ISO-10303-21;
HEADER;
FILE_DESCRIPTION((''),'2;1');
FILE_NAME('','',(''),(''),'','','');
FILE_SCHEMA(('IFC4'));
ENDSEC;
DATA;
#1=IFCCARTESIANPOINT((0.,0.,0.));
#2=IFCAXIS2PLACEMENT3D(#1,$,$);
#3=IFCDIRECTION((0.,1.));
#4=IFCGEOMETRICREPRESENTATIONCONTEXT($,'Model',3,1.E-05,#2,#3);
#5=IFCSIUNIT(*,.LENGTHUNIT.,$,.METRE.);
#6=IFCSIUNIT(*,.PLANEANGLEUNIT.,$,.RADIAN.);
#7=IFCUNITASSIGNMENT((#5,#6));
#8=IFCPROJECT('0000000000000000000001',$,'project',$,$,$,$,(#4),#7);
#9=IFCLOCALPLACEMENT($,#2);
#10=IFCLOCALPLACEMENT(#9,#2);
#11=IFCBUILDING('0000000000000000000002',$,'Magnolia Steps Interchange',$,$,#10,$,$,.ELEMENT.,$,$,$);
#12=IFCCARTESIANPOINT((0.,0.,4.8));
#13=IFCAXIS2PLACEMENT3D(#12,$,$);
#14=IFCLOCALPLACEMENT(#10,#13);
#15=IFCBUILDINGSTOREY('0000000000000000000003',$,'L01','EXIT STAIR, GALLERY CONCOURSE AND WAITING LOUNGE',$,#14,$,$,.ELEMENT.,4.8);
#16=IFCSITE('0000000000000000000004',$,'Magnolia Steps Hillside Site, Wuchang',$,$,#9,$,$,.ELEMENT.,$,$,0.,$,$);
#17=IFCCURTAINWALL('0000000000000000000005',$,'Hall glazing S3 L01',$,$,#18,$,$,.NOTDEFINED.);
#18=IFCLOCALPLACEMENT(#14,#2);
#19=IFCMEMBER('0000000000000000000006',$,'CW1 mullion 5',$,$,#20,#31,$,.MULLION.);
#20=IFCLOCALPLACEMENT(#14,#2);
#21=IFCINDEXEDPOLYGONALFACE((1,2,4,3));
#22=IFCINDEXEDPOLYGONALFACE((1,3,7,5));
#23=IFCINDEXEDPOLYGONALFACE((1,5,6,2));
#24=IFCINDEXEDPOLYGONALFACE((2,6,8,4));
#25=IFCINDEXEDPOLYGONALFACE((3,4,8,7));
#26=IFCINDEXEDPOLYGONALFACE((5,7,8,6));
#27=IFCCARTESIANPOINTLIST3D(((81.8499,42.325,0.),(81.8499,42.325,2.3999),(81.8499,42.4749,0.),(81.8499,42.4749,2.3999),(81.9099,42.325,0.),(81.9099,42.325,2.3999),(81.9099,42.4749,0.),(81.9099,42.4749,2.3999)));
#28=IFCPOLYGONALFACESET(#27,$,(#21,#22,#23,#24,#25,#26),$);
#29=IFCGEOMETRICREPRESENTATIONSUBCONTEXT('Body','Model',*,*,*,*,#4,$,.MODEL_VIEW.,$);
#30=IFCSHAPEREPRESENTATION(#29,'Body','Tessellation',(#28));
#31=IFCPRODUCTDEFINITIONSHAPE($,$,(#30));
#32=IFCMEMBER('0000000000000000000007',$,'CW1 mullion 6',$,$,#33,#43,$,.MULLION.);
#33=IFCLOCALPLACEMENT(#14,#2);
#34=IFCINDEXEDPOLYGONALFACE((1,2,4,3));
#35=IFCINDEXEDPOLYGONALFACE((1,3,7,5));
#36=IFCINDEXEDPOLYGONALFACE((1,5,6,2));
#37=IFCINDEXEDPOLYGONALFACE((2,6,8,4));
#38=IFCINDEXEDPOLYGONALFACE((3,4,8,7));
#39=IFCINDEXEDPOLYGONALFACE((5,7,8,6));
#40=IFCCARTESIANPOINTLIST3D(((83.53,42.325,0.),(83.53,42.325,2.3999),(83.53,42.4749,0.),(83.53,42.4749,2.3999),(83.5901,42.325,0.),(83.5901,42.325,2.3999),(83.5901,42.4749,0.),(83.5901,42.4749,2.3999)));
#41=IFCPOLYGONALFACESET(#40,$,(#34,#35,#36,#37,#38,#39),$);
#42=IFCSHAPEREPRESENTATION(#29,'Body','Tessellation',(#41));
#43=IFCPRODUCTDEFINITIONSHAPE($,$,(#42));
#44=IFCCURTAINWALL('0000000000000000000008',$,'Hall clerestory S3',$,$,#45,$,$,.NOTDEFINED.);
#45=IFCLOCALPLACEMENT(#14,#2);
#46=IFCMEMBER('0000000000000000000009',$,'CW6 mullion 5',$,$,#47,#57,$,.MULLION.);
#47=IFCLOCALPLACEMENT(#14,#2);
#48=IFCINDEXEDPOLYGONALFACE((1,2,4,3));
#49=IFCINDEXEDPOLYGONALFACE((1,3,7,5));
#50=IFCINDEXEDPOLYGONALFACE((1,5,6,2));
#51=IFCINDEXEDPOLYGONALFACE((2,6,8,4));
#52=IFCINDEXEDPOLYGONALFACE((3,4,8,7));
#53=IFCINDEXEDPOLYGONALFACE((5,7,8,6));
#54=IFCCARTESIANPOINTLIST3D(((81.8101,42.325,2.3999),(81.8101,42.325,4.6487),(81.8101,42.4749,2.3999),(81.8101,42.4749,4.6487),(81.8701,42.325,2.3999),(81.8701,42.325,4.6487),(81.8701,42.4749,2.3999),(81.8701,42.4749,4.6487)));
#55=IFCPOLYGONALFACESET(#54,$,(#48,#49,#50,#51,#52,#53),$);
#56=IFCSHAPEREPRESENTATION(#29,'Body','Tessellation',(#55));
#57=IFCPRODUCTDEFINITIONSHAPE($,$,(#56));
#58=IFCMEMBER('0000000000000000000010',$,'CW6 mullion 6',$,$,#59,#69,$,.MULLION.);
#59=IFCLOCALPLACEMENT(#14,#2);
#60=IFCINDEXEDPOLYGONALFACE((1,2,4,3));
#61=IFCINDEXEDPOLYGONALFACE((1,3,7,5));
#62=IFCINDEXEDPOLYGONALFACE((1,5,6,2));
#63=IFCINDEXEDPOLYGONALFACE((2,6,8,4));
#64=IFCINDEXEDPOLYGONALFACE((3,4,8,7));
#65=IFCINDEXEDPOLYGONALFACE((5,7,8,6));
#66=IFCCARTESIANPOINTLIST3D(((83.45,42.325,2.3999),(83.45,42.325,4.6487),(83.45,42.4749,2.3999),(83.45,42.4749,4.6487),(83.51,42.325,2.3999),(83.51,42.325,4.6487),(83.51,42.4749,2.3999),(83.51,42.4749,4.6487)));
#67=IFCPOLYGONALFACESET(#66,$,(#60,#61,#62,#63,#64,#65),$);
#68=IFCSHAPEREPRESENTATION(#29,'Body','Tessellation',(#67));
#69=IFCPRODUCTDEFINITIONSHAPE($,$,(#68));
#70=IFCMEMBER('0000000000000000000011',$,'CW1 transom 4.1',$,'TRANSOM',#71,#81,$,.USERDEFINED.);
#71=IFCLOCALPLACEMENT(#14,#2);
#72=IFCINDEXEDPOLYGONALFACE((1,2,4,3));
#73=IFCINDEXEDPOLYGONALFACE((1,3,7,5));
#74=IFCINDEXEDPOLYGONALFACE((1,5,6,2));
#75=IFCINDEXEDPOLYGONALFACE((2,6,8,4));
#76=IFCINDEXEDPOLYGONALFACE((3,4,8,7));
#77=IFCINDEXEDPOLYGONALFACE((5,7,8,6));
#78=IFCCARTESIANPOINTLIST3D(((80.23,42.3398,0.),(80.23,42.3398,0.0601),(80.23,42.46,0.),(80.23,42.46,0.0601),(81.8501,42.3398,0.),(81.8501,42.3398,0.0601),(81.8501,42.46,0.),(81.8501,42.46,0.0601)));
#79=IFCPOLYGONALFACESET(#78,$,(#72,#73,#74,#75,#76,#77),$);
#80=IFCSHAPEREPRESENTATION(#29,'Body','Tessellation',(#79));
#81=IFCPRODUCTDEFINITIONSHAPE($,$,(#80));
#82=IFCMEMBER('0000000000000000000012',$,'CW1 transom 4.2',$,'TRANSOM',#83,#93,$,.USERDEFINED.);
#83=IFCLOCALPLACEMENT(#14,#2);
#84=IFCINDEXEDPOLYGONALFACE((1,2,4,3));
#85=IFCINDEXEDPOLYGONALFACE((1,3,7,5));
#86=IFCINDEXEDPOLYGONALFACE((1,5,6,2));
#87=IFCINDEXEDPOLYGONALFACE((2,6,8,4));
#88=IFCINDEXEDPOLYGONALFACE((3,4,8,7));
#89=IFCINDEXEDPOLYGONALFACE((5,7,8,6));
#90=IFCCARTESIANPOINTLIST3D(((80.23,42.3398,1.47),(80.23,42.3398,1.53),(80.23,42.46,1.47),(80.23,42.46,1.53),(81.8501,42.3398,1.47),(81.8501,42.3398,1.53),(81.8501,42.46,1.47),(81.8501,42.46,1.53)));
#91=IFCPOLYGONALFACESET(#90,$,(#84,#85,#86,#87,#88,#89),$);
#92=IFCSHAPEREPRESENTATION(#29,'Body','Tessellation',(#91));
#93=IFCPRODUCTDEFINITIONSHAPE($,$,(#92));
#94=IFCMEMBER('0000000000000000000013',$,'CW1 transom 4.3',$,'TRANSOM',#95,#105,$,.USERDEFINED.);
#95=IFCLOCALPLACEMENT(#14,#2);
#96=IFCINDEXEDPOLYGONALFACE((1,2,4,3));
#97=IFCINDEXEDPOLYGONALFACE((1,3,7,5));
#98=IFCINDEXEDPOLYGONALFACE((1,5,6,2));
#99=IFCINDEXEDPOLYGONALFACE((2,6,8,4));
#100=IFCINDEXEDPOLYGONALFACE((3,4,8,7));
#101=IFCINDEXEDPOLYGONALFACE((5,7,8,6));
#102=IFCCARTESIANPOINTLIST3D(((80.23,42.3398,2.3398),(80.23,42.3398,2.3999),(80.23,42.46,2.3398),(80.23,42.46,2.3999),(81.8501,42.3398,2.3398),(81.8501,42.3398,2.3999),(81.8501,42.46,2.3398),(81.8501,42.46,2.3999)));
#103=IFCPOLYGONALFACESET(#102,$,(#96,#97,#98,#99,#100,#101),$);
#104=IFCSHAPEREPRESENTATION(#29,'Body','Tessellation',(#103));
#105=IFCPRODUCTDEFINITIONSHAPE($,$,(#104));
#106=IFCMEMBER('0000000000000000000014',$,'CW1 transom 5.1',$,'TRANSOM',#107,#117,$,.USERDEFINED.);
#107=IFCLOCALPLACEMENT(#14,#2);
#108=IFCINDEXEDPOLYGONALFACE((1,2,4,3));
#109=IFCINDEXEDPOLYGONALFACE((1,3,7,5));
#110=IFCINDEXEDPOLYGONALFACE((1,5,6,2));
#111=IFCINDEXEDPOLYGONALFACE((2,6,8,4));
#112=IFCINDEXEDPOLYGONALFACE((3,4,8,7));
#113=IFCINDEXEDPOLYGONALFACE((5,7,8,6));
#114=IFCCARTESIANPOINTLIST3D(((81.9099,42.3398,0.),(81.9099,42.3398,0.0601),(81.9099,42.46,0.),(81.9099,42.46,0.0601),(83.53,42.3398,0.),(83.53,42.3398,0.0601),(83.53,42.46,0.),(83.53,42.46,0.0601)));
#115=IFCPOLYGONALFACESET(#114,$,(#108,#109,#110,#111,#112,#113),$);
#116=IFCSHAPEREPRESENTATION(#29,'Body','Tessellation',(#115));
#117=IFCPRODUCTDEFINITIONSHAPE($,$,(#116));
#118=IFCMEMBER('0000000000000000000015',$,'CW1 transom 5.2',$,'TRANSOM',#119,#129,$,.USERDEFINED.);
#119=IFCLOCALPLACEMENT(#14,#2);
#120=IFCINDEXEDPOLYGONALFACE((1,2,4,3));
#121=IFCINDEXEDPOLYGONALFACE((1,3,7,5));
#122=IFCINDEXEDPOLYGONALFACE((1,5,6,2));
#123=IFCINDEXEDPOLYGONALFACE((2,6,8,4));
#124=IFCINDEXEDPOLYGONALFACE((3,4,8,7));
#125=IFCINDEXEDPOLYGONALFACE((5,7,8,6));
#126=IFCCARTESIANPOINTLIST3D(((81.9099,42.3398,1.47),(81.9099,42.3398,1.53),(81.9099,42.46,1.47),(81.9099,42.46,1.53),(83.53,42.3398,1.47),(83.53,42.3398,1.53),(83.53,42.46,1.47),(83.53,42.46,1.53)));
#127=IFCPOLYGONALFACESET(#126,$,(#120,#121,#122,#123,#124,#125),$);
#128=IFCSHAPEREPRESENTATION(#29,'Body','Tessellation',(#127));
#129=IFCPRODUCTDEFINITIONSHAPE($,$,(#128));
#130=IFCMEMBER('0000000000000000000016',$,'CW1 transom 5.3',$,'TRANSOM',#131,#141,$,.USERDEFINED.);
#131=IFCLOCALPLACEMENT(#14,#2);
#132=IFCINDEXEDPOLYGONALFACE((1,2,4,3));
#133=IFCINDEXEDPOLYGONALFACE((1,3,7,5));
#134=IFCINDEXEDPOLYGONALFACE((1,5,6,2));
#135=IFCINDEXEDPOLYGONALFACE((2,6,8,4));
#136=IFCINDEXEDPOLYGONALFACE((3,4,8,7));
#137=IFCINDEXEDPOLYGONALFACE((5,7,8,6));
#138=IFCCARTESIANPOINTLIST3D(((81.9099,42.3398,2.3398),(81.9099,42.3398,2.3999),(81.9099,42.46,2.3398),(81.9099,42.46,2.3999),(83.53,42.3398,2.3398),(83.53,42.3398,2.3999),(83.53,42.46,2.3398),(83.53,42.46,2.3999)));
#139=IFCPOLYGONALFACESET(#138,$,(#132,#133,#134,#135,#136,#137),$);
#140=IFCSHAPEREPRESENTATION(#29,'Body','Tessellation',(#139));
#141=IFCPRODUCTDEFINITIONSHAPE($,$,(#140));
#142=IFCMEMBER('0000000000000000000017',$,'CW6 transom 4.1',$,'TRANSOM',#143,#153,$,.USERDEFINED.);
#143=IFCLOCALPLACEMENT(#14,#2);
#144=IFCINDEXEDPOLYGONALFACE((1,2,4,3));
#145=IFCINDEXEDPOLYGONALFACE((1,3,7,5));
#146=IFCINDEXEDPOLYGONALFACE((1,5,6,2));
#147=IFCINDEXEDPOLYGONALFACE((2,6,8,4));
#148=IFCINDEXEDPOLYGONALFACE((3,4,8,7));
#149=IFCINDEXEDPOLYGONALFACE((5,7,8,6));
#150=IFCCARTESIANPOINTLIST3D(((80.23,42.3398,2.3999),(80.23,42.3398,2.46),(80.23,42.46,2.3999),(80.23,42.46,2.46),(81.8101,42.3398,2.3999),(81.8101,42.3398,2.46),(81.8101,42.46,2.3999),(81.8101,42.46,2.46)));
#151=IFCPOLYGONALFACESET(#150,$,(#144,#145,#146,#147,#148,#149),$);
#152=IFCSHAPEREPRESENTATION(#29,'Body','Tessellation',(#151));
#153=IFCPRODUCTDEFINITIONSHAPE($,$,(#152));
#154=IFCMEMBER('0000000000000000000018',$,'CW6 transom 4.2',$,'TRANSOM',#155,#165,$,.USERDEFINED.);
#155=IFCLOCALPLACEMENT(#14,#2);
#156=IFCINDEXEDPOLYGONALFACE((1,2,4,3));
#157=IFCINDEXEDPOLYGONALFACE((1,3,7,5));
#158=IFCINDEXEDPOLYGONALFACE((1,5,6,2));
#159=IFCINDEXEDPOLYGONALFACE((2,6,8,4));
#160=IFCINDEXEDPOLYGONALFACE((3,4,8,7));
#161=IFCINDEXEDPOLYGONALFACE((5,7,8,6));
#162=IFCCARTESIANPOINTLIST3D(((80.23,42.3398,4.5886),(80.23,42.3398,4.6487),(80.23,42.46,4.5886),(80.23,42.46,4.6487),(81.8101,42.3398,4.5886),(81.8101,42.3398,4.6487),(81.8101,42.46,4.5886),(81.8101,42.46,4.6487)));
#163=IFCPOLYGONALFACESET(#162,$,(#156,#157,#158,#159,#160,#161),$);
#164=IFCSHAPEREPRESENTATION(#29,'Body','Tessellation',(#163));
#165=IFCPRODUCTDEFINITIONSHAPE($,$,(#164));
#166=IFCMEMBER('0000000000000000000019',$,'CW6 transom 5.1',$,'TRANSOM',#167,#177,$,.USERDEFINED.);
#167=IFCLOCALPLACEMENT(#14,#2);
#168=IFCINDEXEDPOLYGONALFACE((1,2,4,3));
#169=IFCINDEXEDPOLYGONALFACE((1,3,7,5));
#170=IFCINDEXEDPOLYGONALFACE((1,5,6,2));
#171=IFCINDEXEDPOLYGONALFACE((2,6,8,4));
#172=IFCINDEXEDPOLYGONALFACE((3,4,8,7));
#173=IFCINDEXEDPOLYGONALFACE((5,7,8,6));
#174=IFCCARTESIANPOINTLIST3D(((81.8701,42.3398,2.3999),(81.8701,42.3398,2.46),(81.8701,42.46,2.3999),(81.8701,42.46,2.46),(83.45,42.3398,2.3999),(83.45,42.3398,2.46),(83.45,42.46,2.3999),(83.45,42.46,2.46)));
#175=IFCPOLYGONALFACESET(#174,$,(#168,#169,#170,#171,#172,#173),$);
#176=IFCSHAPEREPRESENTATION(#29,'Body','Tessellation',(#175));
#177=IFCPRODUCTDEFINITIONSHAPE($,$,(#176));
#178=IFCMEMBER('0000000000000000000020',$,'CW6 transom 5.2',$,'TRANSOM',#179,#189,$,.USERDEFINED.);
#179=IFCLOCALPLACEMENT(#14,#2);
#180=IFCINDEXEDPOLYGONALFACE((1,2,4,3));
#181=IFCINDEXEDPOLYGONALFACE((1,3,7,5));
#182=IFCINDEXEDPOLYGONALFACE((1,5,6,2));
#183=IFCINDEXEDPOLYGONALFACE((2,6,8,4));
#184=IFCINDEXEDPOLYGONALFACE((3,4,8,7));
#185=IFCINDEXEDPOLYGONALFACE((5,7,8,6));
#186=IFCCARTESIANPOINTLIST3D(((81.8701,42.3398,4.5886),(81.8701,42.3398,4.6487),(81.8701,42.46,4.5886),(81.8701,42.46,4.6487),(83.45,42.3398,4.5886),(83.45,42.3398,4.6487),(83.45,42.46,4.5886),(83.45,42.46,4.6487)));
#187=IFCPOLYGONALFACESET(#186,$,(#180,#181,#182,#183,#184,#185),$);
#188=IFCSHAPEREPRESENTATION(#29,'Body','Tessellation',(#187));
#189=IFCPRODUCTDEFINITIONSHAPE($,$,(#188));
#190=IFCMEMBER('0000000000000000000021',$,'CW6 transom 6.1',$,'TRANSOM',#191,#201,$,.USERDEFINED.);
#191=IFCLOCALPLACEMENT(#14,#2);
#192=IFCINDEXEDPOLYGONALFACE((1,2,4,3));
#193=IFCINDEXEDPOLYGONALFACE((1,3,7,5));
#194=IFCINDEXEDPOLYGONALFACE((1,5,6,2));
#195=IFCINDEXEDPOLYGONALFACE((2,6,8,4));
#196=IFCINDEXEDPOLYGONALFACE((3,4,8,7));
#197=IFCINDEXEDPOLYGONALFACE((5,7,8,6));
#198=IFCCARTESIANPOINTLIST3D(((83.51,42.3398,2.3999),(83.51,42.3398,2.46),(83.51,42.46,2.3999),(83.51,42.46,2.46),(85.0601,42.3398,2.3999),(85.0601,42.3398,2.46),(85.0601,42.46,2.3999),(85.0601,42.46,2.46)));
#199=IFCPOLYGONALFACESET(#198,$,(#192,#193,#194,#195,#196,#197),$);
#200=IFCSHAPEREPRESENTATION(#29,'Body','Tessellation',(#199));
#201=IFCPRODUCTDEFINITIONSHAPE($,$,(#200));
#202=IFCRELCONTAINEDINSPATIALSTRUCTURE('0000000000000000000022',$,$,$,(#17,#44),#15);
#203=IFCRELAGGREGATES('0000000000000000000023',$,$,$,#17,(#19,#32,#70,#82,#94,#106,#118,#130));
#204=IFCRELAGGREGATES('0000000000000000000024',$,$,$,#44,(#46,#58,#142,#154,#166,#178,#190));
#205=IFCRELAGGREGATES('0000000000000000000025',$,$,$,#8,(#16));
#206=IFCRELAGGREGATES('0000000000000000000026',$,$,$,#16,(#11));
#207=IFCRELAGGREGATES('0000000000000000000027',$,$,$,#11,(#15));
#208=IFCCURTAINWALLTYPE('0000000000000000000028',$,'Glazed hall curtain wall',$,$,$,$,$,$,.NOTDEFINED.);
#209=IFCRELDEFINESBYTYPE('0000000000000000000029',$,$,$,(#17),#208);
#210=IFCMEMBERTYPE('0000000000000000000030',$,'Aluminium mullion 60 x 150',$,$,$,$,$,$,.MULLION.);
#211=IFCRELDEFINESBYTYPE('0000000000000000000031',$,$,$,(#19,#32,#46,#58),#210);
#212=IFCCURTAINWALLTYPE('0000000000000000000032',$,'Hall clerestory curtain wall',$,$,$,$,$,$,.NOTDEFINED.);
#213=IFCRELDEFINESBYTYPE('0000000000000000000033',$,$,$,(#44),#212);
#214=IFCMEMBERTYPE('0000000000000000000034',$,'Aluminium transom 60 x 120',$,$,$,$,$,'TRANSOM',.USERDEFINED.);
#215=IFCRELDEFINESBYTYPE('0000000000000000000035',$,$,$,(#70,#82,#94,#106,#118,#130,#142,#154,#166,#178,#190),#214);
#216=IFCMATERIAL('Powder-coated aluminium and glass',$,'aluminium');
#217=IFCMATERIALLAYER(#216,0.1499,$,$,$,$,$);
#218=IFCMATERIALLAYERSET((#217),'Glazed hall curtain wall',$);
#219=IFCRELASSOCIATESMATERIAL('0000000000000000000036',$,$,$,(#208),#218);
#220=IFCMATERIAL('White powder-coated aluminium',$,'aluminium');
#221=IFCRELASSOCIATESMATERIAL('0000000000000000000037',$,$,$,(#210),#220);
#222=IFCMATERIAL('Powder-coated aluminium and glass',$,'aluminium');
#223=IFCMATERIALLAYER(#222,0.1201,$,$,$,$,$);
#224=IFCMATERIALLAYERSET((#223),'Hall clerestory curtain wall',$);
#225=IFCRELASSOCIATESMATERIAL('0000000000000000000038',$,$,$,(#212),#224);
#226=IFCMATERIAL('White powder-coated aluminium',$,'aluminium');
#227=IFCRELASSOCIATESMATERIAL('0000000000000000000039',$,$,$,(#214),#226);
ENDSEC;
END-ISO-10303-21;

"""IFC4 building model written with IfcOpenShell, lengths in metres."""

from ifc_helpers import new_model, si_unit, direction, frame, origin, origin_2d, place, context, subcontext, project, spatial, rectangle, extrude, material, layer, layer_set, material_profile, profile_set, type_object, element, aggregate, save


model = new_model("IFC4")

# Units and contexts
model_context = context("Model", 3, precision=1e-05, world=origin(), true_north=direction((0.0, 1.0)))
body_context = subcontext(model_context, "Body", "Model", "MODEL_VIEW")
ifc_project = project(units=[si_unit("LENGTHUNIT", "METRE"), si_unit("PLANEANGLEUNIT", "RADIAN")], contexts=[model_context])

# Site, building, storey
site_placement = place(None, origin())
site = spatial("IfcSite", under=ifc_project, at=site_placement, Name="Magnolia Steps Hillside Site, Wuchang", CompositionType="ELEMENT", RefElevation=0.0)
building_placement = place(site_placement, origin())
building = spatial("IfcBuilding", under=site, at=building_placement, Name="Magnolia Steps Interchange", CompositionType="ELEMENT")
storey_placement = place(building_placement, frame((0.0, 0.0, 4.8)))
storey = spatial("IfcBuildingStorey", under=building, at=storey_placement, Name="L01", Description="EXIT STAIR, GALLERY CONCOURSE AND WAITING LOUNGE", CompositionType="ELEMENT", Elevation=4.8)

# Curtain walls, members
ifc_material_1 = material(Name="Powder-coated aluminium and glass", Category="aluminium")
ifc_layer_1 = layer(ifc_material_1, 0.1499)
ifc_layer_set_1 = layer_set([ifc_layer_1], Name="Glazed hall curtain wall")
curtain_wall_type_1 = type_object("IfcCurtainWallType", Name="Glazed hall curtain wall", PredefinedType="NOTDEFINED", material=ifc_layer_set_1)
curtain_wall_1_placement = place(storey_placement, origin())
curtain_wall_1 = element("IfcCurtainWall", 1, at=curtain_wall_1_placement, inside=storey, type_object=curtain_wall_type_1, Name="Hall glazing S3 L01", PredefinedType="NOTDEFINED")
ifc_material_2 = material(Name="White powder-coated aluminium", Category="aluminium")
ifc_material_profile_1 = material_profile(ifc_material_2, rectangle(XDim=0.0601, YDim=0.1499, at=origin_2d()), Name="Aluminium mullion 60 x 150")
ifc_profile_set_1 = profile_set([ifc_material_profile_1], Name="White powder-coated aluminium")
member_type_1 = type_object("IfcMemberType", Name="Aluminium mullion 60 x 150", PredefinedType="MULLION", material=ifc_profile_set_1)
member_1_placement = place(storey_placement, frame((81.8799, 42.3999, 0.0), z_axis=(0.0, 0.0, 1.0), x_axis=(1.0, 0.0, 0.0)))
member_1 = element("IfcMember", 2, at=member_1_placement, type_object=member_type_1, Name="CW1 mullion 5", PredefinedType="MULLION", context=body_context, shape_type="SweptSolid", body=[
    extrude(rectangle(XDim=0.0601, YDim=0.1499, at=origin_2d()), origin(), (0.0, 0.0, 1.0), 2.3999),
])
member_2_placement = place(storey_placement, frame((83.5601, 42.3999, 0.0), z_axis=(0.0, 0.0, 1.0), x_axis=(1.0, 0.0, 0.0)))
member_2 = element("IfcMember", 3, at=member_2_placement, type_object=member_type_1, Name="CW1 mullion 6", PredefinedType="MULLION", context=body_context, shape_type="SweptSolid", body=[
    extrude(rectangle(XDim=0.0601, YDim=0.1499, at=origin_2d()), origin(), (0.0, 0.0, 1.0), 2.3999),
])
ifc_material_3 = material(Name="Powder-coated aluminium and glass", Category="aluminium")
ifc_layer_2 = layer(ifc_material_3, 0.1201)
ifc_layer_set_2 = layer_set([ifc_layer_2], Name="Hall clerestory curtain wall")
curtain_wall_type_2 = type_object("IfcCurtainWallType", Name="Hall clerestory curtain wall", PredefinedType="NOTDEFINED", material=ifc_layer_set_2)
curtain_wall_2_placement = place(storey_placement, origin())
curtain_wall_2 = element("IfcCurtainWall", 4, at=curtain_wall_2_placement, inside=storey, type_object=curtain_wall_type_2, Name="Hall clerestory S3", PredefinedType="NOTDEFINED")
member_3_placement = place(storey_placement, frame((81.8401, 42.3999, 2.3999), z_axis=(0.0, 0.0, 1.0), x_axis=(1.0, 0.0, 0.0)))
member_3 = element("IfcMember", 5, at=member_3_placement, type_object=member_type_1, Name="CW6 mullion 5", PredefinedType="MULLION", context=body_context, shape_type="SweptSolid", body=[
    extrude(rectangle(XDim=0.0601, YDim=0.1499, at=origin_2d()), origin(), (0.0, 0.0, 1.0), 2.2488),
])
member_4_placement = place(storey_placement, frame((83.48, 42.3999, 2.3999), z_axis=(0.0, 0.0, 1.0), x_axis=(1.0, 0.0, 0.0)))
member_4 = element("IfcMember", 6, at=member_4_placement, type_object=member_type_1, Name="CW6 mullion 6", PredefinedType="MULLION", context=body_context, shape_type="SweptSolid", body=[
    extrude(rectangle(XDim=0.0601, YDim=0.1499, at=origin_2d()), origin(), (0.0, 0.0, 1.0), 2.2488),
])

# Members
ifc_material_4 = material(Name="White powder-coated aluminium", Category="aluminium")
ifc_material_profile_2 = material_profile(ifc_material_4, rectangle(XDim=0.0601, YDim=0.1201, at=origin_2d()), Name="Aluminium transom 60 x 120")
ifc_profile_set_2 = profile_set([ifc_material_profile_2], Name="White powder-coated aluminium")
member_type_2 = type_object("IfcMemberType", Name="Aluminium transom 60 x 120", ElementType="TRANSOM", PredefinedType="USERDEFINED", material=ifc_profile_set_2)
member_5_placement = place(storey_placement, frame((80.23, 42.3999, 0.03), z_axis=(1.0, 0.0, 0.0), x_axis=(0.0, 0.0, 1.0)))
member_5 = element("IfcMember", 7, at=member_5_placement, type_object=member_type_2, Name="CW1 transom 4.1", ObjectType="TRANSOM", PredefinedType="USERDEFINED", context=body_context, shape_type="SweptSolid", body=[
    extrude(rectangle(XDim=0.0601, YDim=0.1201, at=origin_2d()), origin(), (0.0, 0.0, 1.0), 1.6201),
])
member_6_placement = place(storey_placement, frame((80.23, 42.3999, 1.5), z_axis=(1.0, 0.0, 0.0), x_axis=(0.0, 0.0, 1.0)))
member_6 = element("IfcMember", 8, at=member_6_placement, type_object=member_type_2, Name="CW1 transom 4.2", ObjectType="TRANSOM", PredefinedType="USERDEFINED", context=body_context, shape_type="SweptSolid", body=[
    extrude(rectangle(XDim=0.0601, YDim=0.1201, at=origin_2d()), origin(), (0.0, 0.0, 1.0), 1.6201),
])
member_7_placement = place(storey_placement, frame((80.23, 42.3999, 2.3699), z_axis=(1.0, 0.0, 0.0), x_axis=(0.0, 0.0, 1.0)))
member_7 = element("IfcMember", 9, at=member_7_placement, type_object=member_type_2, Name="CW1 transom 4.3", ObjectType="TRANSOM", PredefinedType="USERDEFINED", context=body_context, shape_type="SweptSolid", body=[
    extrude(rectangle(XDim=0.0601, YDim=0.1201, at=origin_2d()), origin(), (0.0, 0.0, 1.0), 1.6201),
])
member_8_placement = place(storey_placement, frame((81.9099, 42.3999, 0.03), z_axis=(1.0, 0.0, 0.0), x_axis=(0.0, 0.0, 1.0)))
member_8 = element("IfcMember", 10, at=member_8_placement, type_object=member_type_2, Name="CW1 transom 5.1", ObjectType="TRANSOM", PredefinedType="USERDEFINED", context=body_context, shape_type="SweptSolid", body=[
    extrude(rectangle(XDim=0.0601, YDim=0.1201, at=origin_2d()), origin(), (0.0, 0.0, 1.0), 1.6201),
])
member_9_placement = place(storey_placement, frame((81.9099, 42.3999, 1.5), z_axis=(1.0, 0.0, 0.0), x_axis=(0.0, 0.0, 1.0)))
member_9 = element("IfcMember", 11, at=member_9_placement, type_object=member_type_2, Name="CW1 transom 5.2", ObjectType="TRANSOM", PredefinedType="USERDEFINED", context=body_context, shape_type="SweptSolid", body=[
    extrude(rectangle(XDim=0.0601, YDim=0.1201, at=origin_2d()), origin(), (0.0, 0.0, 1.0), 1.6201),
])
member_10_placement = place(storey_placement, frame((81.9099, 42.3999, 2.3699), z_axis=(1.0, 0.0, 0.0), x_axis=(0.0, 0.0, 1.0)))
member_10 = element("IfcMember", 12, at=member_10_placement, type_object=member_type_2, Name="CW1 transom 5.3", ObjectType="TRANSOM", PredefinedType="USERDEFINED", context=body_context, shape_type="SweptSolid", body=[
    extrude(rectangle(XDim=0.0601, YDim=0.1201, at=origin_2d()), origin(), (0.0, 0.0, 1.0), 1.6201),
])
member_11_placement = place(storey_placement, frame((80.23, 42.3999, 2.4299), z_axis=(1.0, 0.0, 0.0), x_axis=(0.0, 0.0, 1.0)))
member_11 = element("IfcMember", 13, at=member_11_placement, type_object=member_type_2, Name="CW6 transom 4.1", ObjectType="TRANSOM", PredefinedType="USERDEFINED", context=body_context, shape_type="SweptSolid", body=[
    extrude(rectangle(XDim=0.0601, YDim=0.1201, at=origin_2d()), origin(), (0.0, 0.0, 1.0), 1.5801),
])
member_12_placement = place(storey_placement, frame((80.23, 42.3999, 4.6187), z_axis=(1.0, 0.0, 0.0), x_axis=(0.0, 0.0, 1.0)))
member_12 = element("IfcMember", 14, at=member_12_placement, type_object=member_type_2, Name="CW6 transom 4.2", ObjectType="TRANSOM", PredefinedType="USERDEFINED", context=body_context, shape_type="SweptSolid", body=[
    extrude(rectangle(XDim=0.0601, YDim=0.1201, at=origin_2d()), origin(), (0.0, 0.0, 1.0), 1.5801),
])
member_13_placement = place(storey_placement, frame((81.8701, 42.3999, 2.4299), z_axis=(1.0, 0.0, 0.0), x_axis=(0.0, 0.0, 1.0)))
member_13 = element("IfcMember", 15, at=member_13_placement, type_object=member_type_2, Name="CW6 transom 5.1", ObjectType="TRANSOM", PredefinedType="USERDEFINED", context=body_context, shape_type="SweptSolid", body=[
    extrude(rectangle(XDim=0.0601, YDim=0.1201, at=origin_2d()), origin(), (0.0, 0.0, 1.0), 1.5798),
])
member_14_placement = place(storey_placement, frame((81.8701, 42.3999, 4.6187), z_axis=(1.0, 0.0, 0.0), x_axis=(0.0, 0.0, 1.0)))
member_14 = element("IfcMember", 16, at=member_14_placement, type_object=member_type_2, Name="CW6 transom 5.2", ObjectType="TRANSOM", PredefinedType="USERDEFINED", context=body_context, shape_type="SweptSolid", body=[
    extrude(rectangle(XDim=0.0601, YDim=0.1201, at=origin_2d()), origin(), (0.0, 0.0, 1.0), 1.5798),
])
member_15_placement = place(storey_placement, frame((83.51, 42.3999, 2.4299), z_axis=(1.0, 0.0, 0.0), x_axis=(0.0, 0.0, 1.0)))
member_15 = element("IfcMember", 17, at=member_15_placement, type_object=member_type_2, Name="CW6 transom 6.1", ObjectType="TRANSOM", PredefinedType="USERDEFINED", context=body_context, shape_type="SweptSolid", body=[
    extrude(rectangle(XDim=0.0601, YDim=0.1201, at=origin_2d()), origin(), (0.0, 0.0, 1.0), 1.55),
])

aggregate(curtain_wall_1, [member_1, member_2, member_5, member_6, member_7, member_8, member_9, member_10])
aggregate(curtain_wall_2, [member_3, member_4, member_11, member_12, member_13, member_14, member_15])

save(model, "model.ifc")
